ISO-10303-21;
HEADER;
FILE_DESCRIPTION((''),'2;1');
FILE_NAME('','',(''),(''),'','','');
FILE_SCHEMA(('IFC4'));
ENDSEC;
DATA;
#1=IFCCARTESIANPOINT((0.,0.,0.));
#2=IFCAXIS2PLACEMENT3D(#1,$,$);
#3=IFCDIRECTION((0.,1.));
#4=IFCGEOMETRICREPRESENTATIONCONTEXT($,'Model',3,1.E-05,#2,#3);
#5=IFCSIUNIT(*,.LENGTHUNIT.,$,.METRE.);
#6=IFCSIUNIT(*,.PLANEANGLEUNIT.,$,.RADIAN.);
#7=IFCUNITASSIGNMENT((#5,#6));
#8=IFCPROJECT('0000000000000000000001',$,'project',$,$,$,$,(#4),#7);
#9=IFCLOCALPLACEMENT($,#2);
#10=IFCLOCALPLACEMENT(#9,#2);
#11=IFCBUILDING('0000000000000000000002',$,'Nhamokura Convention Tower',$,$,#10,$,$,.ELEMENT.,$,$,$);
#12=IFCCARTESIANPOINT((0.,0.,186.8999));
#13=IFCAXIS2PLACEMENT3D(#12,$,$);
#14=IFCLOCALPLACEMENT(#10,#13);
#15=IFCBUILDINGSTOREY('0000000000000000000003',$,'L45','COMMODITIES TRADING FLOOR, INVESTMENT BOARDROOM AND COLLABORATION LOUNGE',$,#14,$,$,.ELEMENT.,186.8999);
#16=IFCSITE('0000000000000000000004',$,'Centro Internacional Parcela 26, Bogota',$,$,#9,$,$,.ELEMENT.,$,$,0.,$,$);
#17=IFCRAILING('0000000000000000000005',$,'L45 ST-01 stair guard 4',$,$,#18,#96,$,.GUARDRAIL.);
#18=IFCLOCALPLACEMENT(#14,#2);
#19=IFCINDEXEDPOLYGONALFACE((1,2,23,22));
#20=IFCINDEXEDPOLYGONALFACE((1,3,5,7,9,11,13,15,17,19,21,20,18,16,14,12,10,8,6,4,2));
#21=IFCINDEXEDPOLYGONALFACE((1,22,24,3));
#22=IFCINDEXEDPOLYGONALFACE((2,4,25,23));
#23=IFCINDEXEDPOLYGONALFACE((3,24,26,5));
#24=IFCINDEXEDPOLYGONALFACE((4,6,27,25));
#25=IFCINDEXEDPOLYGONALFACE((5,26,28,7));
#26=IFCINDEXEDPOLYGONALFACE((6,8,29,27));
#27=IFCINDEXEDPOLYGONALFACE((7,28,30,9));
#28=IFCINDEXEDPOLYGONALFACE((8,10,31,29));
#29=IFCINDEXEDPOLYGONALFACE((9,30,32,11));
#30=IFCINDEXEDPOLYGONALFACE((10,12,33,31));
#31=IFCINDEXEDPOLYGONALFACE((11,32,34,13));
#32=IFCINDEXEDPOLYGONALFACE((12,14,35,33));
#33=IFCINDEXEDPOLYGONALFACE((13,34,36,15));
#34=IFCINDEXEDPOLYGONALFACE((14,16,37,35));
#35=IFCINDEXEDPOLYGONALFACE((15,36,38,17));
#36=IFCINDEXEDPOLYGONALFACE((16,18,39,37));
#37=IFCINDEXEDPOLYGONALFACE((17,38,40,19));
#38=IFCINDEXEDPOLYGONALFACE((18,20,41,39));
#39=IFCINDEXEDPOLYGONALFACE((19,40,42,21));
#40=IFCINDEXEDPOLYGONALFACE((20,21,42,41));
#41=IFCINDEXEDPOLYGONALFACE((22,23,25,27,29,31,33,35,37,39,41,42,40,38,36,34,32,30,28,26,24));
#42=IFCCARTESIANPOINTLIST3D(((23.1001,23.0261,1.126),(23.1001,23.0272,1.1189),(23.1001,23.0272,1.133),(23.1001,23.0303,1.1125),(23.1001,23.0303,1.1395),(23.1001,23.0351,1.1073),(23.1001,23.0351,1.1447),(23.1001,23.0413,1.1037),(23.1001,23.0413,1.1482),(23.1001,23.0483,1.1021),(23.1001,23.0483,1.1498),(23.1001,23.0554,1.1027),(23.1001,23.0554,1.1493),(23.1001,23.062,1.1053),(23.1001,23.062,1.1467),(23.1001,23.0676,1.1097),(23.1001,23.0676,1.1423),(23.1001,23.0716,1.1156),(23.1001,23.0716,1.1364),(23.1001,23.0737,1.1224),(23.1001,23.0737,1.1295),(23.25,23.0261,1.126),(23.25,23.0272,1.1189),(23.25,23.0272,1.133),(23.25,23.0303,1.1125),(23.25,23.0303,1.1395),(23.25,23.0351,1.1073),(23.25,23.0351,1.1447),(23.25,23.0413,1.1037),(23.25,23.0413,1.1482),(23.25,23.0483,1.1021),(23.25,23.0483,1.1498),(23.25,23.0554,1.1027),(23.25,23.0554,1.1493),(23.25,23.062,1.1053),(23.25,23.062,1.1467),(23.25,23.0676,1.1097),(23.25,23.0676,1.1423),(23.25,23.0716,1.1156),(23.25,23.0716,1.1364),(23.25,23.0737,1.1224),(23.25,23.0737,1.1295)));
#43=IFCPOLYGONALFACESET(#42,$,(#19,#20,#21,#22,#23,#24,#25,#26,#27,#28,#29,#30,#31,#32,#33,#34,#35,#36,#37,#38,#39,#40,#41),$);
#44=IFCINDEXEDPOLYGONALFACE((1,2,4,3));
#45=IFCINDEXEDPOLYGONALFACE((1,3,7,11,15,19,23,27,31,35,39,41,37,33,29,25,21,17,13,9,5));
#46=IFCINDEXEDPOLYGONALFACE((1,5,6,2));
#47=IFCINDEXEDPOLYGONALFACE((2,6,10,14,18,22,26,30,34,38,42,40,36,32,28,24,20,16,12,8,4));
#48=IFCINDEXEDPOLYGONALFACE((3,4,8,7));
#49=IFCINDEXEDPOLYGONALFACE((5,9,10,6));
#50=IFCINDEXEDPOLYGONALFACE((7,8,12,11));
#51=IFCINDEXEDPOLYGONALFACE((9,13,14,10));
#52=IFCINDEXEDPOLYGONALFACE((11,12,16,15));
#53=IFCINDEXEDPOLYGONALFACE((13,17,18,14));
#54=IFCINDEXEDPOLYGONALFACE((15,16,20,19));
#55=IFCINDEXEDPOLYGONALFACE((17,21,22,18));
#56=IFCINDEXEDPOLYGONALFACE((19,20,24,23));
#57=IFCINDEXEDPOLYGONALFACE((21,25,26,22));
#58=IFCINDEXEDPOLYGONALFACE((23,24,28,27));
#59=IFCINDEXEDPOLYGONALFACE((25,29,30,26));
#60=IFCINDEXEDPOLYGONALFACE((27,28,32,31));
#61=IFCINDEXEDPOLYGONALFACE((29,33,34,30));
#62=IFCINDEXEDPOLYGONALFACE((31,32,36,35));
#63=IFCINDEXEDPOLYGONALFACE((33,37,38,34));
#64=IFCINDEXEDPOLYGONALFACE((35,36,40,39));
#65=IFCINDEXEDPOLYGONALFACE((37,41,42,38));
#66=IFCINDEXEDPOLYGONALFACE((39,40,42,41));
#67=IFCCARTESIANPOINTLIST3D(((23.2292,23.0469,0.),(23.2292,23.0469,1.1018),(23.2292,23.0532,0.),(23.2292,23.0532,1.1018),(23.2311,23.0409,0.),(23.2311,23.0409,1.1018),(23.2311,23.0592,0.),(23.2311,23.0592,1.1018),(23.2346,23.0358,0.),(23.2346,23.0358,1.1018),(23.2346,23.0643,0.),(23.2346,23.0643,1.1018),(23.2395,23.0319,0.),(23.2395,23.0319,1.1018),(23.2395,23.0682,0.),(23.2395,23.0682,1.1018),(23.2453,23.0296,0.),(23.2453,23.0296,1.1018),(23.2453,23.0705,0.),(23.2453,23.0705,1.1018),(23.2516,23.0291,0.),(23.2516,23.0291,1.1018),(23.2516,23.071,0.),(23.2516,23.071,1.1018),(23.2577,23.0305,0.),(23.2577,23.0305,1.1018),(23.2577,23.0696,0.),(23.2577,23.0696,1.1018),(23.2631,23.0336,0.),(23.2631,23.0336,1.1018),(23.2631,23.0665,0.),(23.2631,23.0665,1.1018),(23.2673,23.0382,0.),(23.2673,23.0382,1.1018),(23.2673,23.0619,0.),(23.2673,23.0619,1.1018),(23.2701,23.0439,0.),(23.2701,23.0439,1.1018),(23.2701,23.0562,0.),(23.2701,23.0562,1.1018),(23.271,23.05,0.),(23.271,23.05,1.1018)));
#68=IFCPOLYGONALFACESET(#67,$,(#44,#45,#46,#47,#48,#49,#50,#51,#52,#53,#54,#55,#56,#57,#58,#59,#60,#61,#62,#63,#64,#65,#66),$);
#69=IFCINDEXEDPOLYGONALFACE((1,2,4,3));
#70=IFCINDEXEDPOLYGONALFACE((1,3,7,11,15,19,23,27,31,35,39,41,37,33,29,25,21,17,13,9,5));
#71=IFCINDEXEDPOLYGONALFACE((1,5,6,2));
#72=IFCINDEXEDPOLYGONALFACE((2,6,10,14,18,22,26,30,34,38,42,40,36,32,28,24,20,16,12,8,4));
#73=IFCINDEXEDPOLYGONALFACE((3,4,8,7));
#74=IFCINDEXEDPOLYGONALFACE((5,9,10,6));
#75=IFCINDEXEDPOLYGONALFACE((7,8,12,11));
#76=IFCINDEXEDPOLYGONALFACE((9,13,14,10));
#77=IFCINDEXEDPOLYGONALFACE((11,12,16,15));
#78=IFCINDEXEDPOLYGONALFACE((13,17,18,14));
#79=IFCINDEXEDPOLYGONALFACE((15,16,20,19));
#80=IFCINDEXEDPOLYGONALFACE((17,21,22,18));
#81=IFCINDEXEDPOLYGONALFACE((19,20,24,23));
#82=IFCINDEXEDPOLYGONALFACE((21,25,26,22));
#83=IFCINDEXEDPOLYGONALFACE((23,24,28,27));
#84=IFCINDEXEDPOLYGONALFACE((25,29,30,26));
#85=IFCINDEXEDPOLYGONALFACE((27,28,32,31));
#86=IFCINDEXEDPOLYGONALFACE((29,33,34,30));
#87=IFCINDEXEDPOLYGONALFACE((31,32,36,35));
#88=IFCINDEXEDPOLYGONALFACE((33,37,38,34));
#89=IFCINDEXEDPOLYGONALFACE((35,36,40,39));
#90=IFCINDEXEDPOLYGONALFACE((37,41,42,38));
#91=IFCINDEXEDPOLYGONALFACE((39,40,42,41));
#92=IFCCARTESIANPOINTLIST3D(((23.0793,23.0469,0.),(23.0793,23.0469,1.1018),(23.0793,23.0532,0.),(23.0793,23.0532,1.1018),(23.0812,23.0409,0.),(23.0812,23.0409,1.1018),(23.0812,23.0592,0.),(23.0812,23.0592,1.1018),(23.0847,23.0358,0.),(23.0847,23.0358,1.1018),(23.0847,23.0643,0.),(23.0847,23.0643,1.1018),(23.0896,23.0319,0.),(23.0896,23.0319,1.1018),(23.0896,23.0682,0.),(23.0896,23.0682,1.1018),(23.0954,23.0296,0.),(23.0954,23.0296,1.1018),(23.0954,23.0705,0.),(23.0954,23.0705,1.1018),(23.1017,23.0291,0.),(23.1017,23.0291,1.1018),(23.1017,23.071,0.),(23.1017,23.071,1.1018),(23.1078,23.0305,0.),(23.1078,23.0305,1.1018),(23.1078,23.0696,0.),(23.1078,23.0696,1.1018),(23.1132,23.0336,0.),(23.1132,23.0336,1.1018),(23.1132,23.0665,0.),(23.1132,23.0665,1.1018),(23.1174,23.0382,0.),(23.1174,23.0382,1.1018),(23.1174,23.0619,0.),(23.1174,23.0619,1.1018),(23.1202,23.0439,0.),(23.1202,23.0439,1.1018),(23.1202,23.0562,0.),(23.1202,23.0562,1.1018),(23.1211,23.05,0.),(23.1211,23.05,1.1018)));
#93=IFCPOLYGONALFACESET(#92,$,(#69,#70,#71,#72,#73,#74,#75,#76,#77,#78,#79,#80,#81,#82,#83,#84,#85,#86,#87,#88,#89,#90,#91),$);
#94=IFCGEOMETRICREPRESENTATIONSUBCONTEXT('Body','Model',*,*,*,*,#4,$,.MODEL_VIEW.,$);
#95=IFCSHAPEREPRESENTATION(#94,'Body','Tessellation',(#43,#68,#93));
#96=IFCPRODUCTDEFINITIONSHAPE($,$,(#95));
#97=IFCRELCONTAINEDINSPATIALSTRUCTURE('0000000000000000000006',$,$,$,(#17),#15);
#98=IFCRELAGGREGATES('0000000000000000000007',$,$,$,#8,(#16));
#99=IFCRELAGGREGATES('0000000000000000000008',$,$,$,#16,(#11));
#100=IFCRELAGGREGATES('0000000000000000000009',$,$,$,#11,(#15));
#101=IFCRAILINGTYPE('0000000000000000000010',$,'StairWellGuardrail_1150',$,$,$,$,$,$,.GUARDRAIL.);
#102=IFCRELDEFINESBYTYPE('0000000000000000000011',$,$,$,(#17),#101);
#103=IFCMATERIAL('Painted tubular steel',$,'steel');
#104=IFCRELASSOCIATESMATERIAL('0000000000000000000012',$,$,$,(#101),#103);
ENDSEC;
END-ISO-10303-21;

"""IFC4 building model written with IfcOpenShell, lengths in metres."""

from ifc_helpers import new_model, si_unit, direction, frame, origin, origin_2d, place, context, subcontext, project, spatial, circle, extrude, material, type_object, element, save


model = new_model("IFC4")

# Units and contexts
model_context = context("Model", 3, precision=1e-05, world=origin(), true_north=direction((0.0, 1.0)))
body_context = subcontext(model_context, "Body", "Model", "MODEL_VIEW")
ifc_project = project(units=[si_unit("LENGTHUNIT", "METRE"), si_unit("PLANEANGLEUNIT", "RADIAN")], contexts=[model_context])

# Site, building, storey
site_placement = place(None, origin())
site = spatial("IfcSite", under=ifc_project, at=site_placement, Name="Centro Internacional Parcela 26, Bogota", CompositionType="ELEMENT", RefElevation=0.0)
building_placement = place(site_placement, origin())
building = spatial("IfcBuilding", under=site, at=building_placement, Name="Nhamokura Convention Tower", CompositionType="ELEMENT")
storey_placement = place(building_placement, frame((0.0, 0.0, 186.8999)))
storey = spatial("IfcBuildingStorey", under=building, at=storey_placement, Name="L45", Description="COMMODITIES TRADING FLOOR, INVESTMENT BOARDROOM AND COLLABORATION LOUNGE", CompositionType="ELEMENT", Elevation=186.8999)

# Railing
ifc_material_1 = material(Name="Painted tubular steel", Category="steel")
railing_type_1 = type_object("IfcRailingType", Name="StairWellGuardrail_1150", PredefinedType="GUARDRAIL", material=ifc_material_1)
railing_1_placement = place(storey_placement, frame((23.25, 23.05, 0.0)))
element("IfcRailing", 1, at=railing_1_placement, inside=storey, type_object=railing_type_1, Name="L45 ST-01 stair guard 4", PredefinedType="GUARDRAIL", context=body_context, shape_type="SweptSolid", body=[
    extrude(circle(Radius=0.0239, at=origin_2d()), frame((0.0, 0.0, 1.126), z_axis=(-1.0, 0.0, 0.0), x_axis=(0.0, -1.0, 0.0)), (0.0, 0.0, 1.0), 0.1499),
    extrude(circle(Radius=0.021, at=origin_2d()), origin(), (0.0, 0.0, 1.0), 1.1018),
    extrude(circle(Radius=0.021, at=origin_2d()), frame((-0.1499, 0.0, 0.0)), (0.0, 0.0, 1.0), 1.1018),
])

save(model, "model.ifc")
